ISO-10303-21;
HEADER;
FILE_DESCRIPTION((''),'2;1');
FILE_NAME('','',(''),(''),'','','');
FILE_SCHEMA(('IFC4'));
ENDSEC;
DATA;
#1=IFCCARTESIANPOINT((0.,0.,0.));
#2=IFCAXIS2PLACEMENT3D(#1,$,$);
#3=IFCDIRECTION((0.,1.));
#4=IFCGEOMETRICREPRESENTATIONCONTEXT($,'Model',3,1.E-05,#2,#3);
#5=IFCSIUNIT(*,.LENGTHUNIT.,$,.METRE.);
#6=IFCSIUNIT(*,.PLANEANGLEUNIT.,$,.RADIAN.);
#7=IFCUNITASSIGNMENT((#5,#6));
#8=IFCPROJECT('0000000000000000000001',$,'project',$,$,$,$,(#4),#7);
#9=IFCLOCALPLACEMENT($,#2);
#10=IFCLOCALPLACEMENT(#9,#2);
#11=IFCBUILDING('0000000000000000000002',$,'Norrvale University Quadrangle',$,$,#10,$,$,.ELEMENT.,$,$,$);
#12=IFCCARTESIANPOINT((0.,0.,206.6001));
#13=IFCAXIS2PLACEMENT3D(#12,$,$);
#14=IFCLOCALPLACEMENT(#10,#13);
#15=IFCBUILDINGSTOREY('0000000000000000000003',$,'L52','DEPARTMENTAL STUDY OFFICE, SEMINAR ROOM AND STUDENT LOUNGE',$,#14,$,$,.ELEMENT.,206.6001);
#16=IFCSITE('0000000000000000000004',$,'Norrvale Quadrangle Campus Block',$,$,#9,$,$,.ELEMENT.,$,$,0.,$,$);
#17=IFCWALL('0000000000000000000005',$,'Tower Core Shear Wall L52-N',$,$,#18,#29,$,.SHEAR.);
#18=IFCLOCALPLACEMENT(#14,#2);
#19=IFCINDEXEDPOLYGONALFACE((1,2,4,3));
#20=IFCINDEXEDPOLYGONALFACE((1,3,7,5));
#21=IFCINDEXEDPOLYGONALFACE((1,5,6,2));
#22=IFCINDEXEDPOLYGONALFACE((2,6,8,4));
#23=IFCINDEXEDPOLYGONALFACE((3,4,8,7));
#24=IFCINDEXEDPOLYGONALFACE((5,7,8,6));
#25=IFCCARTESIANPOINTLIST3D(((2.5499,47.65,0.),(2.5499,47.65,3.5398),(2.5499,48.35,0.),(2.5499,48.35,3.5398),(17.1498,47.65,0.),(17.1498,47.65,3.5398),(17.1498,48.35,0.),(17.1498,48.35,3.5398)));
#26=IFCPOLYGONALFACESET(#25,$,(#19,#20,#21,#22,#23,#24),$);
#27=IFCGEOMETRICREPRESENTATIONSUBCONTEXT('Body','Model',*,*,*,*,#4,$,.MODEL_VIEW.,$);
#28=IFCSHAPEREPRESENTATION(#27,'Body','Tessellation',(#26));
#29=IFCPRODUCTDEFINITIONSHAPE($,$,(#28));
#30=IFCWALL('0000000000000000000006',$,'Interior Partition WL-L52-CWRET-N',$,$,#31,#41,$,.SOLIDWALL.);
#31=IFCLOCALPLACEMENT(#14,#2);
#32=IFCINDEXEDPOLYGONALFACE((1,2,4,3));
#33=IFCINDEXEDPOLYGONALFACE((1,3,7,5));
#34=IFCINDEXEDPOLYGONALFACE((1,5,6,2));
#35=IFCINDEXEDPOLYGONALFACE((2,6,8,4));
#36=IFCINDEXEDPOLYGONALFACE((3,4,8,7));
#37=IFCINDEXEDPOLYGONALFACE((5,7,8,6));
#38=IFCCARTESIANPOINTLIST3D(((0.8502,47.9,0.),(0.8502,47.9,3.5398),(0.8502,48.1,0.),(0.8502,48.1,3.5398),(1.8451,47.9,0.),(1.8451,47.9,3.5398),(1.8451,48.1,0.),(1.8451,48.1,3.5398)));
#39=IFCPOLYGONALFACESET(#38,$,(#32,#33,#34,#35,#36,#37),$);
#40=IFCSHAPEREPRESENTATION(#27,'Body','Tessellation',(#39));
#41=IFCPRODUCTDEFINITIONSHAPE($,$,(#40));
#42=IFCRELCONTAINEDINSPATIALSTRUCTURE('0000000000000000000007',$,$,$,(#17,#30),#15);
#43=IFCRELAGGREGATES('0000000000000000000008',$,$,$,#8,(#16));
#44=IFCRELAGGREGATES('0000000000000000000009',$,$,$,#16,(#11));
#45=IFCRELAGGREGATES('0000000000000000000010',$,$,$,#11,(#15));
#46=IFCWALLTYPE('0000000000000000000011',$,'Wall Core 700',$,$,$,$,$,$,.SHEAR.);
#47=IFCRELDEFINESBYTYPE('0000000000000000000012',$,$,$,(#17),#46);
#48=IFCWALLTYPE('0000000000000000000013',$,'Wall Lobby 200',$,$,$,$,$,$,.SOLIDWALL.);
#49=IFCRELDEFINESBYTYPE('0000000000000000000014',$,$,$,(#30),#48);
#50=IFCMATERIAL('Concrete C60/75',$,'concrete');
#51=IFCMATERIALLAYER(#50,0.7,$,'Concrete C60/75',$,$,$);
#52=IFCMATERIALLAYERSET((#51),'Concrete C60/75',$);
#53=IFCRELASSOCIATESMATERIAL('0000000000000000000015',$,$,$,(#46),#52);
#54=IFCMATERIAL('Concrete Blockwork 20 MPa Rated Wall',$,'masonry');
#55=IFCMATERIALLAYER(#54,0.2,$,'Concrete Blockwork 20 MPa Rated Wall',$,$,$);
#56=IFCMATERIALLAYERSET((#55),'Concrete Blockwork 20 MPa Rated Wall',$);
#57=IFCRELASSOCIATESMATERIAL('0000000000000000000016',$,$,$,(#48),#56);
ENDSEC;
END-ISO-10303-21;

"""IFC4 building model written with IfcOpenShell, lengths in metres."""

from ifc_helpers import new_model, si_unit, direction, frame, frame_2d, origin, place, context, subcontext, project, spatial, rectangle, extrude, material, layer, layer_set, type_object, element, save


model = new_model("IFC4")

# Units and contexts
model_context = context("Model", 3, precision=1e-05, world=origin(), true_north=direction((0.0, 1.0)))
body_context = subcontext(model_context, "Body", "Model", "MODEL_VIEW")
ifc_project = project(units=[si_unit("LENGTHUNIT", "METRE"), si_unit("PLANEANGLEUNIT", "RADIAN")], contexts=[model_context])

# Site, building, storey
site_placement = place(None, origin())
site = spatial("IfcSite", under=ifc_project, at=site_placement, Name="Norrvale Quadrangle Campus Block", CompositionType="ELEMENT", RefElevation=0.0)
building_placement = place(site_placement, origin())
building = spatial("IfcBuilding", under=site, at=building_placement, Name="Norrvale University Quadrangle", CompositionType="ELEMENT")
storey_placement = place(building_placement, frame((0.0, 0.0, 206.6001)))
storey = spatial("IfcBuildingStorey", under=building, at=storey_placement, Name="L52", Description="DEPARTMENTAL STUDY OFFICE, SEMINAR ROOM AND STUDENT LOUNGE", CompositionType="ELEMENT", Elevation=206.6001)

# Shared definitions
ifc_material_1 = material(Name="Concrete C60/75", Category="concrete")

# Walls
ifc_layer_1 = layer(ifc_material_1, 0.7, Name="Concrete C60/75")
ifc_layer_set_1 = layer_set([ifc_layer_1], Name="Concrete C60/75")
wall_type_1 = type_object("IfcWallType", Name="Wall Core 700", PredefinedType="SHEAR", material=ifc_layer_set_1)
wall_1_placement = place(storey_placement, frame((2.55, 48.0, 0.0), z_axis=(0.0, 0.0, 1.0), x_axis=(1.0, 0.0, 0.0)))
element("IfcWall", 1, at=wall_1_placement, inside=storey, type_object=wall_type_1, Name="Tower Core Shear Wall L52-N", PredefinedType="SHEAR", context=body_context, shape_type="SweptSolid", body=[
    extrude(rectangle(XDim=14.5999, YDim=0.7, at=frame_2d((7.2998, 0.0))), origin(), (0.0, 0.0, 1.0), 3.5398),
])
ifc_material_2 = material(Name="Concrete Blockwork 20 MPa Rated Wall", Category="masonry")
ifc_layer_2 = layer(ifc_material_2, 0.2, Name="Concrete Blockwork 20 MPa Rated Wall")
ifc_layer_set_2 = layer_set([ifc_layer_2], Name="Concrete Blockwork 20 MPa Rated Wall")
wall_type_2 = type_object("IfcWallType", Name="Wall Lobby 200", PredefinedType="SOLIDWALL", material=ifc_layer_set_2)
wall_2_placement = place(storey_placement, frame((0.8501, 48.0, 0.0), z_axis=(0.0, 0.0, 1.0), x_axis=(1.0, 0.0, 0.0)))
element("IfcWall", 2, at=wall_2_placement, inside=storey, type_object=wall_type_2, Name="Interior Partition WL-L52-CWRET-N", PredefinedType="SOLIDWALL", context=body_context, shape_type="SweptSolid", body=[
    extrude(rectangle(XDim=0.9949, YDim=0.2, at=frame_2d((0.4976, 0.0))), origin(), (0.0, 0.0, 1.0), 3.5398),
])

save(model, "model.ifc")
